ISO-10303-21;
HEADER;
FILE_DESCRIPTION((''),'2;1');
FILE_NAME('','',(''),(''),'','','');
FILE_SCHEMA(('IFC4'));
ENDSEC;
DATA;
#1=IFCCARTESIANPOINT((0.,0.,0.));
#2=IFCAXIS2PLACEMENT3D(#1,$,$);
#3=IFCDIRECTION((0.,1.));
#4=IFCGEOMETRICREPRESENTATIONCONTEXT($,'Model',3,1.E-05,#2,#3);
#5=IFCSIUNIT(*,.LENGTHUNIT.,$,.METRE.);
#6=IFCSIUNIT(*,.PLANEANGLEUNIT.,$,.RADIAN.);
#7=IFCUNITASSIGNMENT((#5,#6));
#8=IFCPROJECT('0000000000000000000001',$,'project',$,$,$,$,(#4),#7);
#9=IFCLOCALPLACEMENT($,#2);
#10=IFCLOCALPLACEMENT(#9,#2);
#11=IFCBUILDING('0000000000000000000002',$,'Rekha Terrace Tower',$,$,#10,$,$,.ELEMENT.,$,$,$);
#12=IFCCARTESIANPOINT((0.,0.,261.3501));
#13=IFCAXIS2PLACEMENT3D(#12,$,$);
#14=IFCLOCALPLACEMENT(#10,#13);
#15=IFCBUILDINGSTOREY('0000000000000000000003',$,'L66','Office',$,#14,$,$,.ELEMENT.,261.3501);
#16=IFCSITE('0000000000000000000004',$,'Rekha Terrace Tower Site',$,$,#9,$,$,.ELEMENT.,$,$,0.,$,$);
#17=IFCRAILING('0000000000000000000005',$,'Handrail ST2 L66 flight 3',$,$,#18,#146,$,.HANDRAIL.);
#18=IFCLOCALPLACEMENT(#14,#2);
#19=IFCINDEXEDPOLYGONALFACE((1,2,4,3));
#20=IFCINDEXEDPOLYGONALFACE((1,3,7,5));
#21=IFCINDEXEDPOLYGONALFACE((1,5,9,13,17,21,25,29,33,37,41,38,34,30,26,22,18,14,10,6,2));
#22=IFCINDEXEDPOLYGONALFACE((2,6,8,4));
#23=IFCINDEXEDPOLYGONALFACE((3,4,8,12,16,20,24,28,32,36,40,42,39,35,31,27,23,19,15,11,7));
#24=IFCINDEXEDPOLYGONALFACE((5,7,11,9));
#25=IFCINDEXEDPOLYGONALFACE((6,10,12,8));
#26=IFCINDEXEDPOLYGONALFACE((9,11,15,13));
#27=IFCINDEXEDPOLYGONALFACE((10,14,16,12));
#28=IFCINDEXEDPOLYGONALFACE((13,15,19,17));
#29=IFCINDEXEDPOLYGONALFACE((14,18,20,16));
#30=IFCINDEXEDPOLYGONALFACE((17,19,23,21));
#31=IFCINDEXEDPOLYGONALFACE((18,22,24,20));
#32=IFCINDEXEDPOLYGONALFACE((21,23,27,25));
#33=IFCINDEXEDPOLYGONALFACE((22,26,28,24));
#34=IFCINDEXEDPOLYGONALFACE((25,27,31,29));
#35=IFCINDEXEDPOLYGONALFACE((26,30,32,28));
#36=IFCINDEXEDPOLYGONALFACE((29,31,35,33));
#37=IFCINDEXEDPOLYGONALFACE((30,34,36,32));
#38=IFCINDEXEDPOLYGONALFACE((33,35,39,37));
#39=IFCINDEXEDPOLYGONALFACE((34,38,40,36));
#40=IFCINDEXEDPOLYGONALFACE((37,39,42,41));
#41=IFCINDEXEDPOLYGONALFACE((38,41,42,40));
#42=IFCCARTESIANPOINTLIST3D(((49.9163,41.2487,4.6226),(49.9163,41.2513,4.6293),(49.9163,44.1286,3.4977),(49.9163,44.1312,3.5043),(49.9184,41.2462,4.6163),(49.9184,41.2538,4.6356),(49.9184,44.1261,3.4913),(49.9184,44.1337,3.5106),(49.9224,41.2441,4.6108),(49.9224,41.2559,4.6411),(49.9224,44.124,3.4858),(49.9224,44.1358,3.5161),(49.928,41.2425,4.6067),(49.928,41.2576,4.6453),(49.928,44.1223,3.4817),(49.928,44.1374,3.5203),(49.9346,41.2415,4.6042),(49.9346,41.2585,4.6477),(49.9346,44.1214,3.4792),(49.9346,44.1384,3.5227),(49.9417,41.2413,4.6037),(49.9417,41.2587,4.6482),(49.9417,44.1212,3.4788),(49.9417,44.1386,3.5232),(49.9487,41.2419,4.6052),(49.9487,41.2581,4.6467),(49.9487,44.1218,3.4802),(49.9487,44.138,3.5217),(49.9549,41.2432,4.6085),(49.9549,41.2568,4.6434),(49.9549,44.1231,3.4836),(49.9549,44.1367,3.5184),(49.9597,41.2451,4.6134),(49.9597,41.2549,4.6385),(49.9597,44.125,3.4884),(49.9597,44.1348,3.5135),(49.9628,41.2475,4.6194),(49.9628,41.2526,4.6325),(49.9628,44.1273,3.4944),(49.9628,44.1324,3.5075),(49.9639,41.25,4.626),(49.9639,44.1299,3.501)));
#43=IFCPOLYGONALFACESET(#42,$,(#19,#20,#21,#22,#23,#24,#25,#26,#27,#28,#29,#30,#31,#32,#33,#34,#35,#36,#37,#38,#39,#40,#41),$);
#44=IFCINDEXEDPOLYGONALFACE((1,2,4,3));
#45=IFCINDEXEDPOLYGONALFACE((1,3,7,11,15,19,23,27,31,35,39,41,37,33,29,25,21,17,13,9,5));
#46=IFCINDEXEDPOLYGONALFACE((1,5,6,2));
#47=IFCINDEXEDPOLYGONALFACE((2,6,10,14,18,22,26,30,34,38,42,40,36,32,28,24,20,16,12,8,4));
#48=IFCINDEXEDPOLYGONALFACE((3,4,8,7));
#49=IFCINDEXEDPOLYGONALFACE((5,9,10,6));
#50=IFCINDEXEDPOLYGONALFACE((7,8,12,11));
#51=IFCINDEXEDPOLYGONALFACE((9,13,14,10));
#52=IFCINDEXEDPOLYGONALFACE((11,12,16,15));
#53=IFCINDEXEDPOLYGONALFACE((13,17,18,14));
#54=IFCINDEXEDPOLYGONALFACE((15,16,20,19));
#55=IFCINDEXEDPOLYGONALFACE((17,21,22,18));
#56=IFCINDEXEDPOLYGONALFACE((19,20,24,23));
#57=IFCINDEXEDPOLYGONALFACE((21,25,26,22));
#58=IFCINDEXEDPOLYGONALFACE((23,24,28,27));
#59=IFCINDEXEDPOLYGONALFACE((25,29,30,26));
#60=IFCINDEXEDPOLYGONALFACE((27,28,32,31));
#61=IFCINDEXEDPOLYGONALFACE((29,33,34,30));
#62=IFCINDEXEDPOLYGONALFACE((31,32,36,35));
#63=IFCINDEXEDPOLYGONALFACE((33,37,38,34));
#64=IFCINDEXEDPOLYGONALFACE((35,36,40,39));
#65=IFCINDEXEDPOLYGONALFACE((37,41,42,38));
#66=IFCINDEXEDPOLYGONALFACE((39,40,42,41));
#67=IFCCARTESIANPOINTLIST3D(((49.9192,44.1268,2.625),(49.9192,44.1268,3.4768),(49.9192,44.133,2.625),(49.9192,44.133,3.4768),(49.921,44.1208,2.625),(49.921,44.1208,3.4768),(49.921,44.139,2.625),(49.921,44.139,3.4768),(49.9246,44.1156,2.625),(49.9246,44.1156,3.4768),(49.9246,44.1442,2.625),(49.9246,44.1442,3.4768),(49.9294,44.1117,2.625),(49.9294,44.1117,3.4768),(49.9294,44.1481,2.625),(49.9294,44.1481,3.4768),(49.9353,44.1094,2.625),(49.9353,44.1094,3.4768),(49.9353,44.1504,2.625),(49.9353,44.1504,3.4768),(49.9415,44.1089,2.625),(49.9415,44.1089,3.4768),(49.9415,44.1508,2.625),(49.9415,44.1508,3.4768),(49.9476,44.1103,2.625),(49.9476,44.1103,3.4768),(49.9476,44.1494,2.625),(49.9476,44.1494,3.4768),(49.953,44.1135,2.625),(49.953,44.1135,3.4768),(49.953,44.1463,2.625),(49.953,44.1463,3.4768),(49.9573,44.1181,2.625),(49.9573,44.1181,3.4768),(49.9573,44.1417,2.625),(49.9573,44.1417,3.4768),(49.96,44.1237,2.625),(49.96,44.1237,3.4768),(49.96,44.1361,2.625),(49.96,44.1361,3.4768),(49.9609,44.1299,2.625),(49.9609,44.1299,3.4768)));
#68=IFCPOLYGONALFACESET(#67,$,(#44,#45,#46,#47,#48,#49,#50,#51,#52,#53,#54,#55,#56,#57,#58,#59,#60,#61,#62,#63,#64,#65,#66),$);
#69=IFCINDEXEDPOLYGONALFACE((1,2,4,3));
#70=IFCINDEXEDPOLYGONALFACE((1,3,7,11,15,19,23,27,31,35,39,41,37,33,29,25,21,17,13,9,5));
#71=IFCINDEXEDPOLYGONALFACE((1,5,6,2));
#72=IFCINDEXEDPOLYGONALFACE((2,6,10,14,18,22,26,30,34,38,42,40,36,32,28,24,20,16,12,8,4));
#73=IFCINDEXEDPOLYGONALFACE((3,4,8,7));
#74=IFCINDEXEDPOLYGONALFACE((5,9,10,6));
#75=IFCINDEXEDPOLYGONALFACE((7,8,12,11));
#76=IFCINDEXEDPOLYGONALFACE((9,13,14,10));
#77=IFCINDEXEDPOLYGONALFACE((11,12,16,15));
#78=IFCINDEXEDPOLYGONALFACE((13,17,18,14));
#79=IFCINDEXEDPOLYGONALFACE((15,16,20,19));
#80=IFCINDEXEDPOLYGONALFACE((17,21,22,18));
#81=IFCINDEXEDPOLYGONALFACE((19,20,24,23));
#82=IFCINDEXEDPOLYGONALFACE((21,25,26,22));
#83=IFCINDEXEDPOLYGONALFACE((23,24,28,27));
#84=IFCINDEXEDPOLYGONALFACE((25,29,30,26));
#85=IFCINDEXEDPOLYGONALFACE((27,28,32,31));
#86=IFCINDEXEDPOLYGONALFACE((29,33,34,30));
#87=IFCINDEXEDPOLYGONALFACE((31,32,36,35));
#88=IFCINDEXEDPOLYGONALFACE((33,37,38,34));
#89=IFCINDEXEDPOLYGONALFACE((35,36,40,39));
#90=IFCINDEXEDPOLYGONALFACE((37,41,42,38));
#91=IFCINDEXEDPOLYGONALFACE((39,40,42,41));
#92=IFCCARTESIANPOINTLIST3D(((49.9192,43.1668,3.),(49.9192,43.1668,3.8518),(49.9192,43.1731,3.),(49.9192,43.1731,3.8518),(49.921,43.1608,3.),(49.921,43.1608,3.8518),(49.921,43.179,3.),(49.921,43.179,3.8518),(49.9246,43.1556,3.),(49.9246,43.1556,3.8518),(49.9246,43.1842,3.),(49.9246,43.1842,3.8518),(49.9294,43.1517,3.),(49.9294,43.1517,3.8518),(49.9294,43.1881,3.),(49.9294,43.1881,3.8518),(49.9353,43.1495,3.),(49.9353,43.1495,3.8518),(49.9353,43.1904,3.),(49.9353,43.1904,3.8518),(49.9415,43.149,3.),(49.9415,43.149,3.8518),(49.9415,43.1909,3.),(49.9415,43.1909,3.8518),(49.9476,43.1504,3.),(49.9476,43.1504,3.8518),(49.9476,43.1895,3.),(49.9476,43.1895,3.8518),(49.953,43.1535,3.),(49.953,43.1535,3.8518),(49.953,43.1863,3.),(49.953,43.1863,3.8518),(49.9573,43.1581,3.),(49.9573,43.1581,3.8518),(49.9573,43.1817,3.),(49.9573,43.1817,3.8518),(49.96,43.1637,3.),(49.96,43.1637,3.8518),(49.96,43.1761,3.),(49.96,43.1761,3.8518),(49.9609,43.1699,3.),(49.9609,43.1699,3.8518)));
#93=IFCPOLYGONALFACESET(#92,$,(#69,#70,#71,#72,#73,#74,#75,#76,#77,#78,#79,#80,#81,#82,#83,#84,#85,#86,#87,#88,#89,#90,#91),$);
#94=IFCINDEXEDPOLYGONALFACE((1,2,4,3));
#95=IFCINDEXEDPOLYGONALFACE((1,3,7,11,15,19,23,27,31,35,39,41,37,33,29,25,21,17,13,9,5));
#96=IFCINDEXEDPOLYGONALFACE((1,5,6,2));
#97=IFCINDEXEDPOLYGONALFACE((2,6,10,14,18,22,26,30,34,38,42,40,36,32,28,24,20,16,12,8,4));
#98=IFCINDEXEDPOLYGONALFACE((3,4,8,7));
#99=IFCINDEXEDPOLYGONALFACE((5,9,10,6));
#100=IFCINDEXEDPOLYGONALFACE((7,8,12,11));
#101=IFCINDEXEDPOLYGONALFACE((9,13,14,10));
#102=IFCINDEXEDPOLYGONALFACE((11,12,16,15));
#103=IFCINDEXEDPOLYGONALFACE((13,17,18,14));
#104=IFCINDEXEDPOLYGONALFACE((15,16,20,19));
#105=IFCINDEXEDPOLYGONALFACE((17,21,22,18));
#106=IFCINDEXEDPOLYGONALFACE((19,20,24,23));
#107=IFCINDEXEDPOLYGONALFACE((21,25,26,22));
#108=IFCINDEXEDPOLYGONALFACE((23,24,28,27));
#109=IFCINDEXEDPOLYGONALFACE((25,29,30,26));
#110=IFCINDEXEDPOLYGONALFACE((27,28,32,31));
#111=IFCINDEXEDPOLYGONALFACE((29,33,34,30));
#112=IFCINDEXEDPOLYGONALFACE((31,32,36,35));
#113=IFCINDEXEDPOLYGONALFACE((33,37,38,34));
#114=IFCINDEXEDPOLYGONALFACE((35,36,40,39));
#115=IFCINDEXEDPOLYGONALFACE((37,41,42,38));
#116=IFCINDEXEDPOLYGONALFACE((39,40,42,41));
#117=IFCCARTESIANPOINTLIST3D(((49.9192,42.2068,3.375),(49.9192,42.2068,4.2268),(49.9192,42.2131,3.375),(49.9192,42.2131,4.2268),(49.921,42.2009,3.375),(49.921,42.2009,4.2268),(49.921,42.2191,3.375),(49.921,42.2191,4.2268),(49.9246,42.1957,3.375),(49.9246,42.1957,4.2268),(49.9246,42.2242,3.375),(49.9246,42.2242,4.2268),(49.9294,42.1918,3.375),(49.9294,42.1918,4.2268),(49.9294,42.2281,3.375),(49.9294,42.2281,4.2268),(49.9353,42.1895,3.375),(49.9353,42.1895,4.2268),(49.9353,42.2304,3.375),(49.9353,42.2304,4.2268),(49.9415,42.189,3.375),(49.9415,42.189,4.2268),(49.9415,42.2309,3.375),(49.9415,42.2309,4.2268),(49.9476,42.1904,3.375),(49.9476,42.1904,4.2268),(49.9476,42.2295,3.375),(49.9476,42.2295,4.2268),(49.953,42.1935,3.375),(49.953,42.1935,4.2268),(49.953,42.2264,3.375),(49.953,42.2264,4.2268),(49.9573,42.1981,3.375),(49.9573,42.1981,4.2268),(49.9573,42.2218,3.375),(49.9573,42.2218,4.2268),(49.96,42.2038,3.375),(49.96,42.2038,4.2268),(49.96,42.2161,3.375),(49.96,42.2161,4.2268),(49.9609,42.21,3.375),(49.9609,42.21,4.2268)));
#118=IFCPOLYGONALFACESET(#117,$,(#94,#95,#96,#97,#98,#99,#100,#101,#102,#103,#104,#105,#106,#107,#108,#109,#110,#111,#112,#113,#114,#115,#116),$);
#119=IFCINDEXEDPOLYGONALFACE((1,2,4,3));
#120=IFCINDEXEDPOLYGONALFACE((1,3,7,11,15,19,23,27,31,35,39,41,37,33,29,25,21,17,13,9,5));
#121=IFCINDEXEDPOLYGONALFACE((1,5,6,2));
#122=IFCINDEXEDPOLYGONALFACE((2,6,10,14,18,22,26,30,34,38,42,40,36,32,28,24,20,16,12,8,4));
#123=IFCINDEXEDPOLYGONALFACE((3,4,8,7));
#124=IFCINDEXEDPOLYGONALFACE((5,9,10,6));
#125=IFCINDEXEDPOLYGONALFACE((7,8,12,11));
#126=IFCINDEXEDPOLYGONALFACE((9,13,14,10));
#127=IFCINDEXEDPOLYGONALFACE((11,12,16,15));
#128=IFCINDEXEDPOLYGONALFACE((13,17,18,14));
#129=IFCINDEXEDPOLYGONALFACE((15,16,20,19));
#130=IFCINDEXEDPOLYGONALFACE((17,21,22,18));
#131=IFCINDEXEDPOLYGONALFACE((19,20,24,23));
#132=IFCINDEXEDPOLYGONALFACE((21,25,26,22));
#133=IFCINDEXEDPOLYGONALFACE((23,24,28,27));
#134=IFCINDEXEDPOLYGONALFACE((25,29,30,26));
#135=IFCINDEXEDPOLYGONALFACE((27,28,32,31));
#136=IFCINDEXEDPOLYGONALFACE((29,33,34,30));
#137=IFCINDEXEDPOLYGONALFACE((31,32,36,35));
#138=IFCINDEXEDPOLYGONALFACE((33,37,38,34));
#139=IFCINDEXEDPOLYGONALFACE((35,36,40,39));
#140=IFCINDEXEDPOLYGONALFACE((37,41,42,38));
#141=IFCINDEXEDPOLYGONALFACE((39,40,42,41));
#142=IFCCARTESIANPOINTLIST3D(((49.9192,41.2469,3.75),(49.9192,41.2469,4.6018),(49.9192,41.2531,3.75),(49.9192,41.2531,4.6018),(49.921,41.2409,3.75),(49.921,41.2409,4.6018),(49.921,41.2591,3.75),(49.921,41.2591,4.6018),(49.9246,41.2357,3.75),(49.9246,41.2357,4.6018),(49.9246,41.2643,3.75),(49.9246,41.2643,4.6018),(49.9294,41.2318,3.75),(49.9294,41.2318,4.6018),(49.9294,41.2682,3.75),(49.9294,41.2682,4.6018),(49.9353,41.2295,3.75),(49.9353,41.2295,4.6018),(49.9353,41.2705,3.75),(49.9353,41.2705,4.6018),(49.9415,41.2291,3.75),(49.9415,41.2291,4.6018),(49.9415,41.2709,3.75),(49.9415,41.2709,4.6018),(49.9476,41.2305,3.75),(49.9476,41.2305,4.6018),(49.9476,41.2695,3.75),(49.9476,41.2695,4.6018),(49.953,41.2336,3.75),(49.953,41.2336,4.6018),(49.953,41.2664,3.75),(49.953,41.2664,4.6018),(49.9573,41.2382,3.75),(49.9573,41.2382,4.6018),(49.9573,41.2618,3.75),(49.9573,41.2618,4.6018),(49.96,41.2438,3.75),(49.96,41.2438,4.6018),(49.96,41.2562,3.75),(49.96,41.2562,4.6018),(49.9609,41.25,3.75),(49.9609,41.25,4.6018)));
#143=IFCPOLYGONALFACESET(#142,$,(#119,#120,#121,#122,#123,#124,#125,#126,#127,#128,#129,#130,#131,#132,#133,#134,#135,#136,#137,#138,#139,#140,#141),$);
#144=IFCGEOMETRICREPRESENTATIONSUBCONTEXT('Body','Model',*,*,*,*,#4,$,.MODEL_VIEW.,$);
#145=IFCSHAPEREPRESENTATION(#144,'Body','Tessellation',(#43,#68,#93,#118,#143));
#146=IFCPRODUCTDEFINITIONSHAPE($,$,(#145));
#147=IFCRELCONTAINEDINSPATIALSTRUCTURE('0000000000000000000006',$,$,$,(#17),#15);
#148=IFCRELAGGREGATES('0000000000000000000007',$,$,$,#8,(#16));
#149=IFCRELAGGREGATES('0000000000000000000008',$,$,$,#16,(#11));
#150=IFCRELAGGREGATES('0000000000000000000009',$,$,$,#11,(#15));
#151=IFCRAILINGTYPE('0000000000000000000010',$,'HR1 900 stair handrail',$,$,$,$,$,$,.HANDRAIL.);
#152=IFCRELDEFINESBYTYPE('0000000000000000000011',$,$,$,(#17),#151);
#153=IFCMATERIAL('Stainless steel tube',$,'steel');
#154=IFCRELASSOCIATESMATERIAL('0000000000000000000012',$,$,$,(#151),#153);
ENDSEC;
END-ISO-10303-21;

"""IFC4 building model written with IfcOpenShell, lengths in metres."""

from ifc_helpers import new_model, si_unit, direction, frame, origin, origin_2d, place, context, subcontext, project, spatial, circle, extrude, material, type_object, element, save


model = new_model("IFC4")

# Units and contexts
model_context = context("Model", 3, precision=1e-05, world=origin(), true_north=direction((0.0, 1.0)))
body_context = subcontext(model_context, "Body", "Model", "MODEL_VIEW")
ifc_project = project(units=[si_unit("LENGTHUNIT", "METRE"), si_unit("PLANEANGLEUNIT", "RADIAN")], contexts=[model_context])

# Site, building, storey
site_placement = place(None, origin())
site = spatial("IfcSite", under=ifc_project, at=site_placement, Name="Rekha Terrace Tower Site", CompositionType="ELEMENT", RefElevation=0.0)
building_placement = place(site_placement, origin())
building = spatial("IfcBuilding", under=site, at=building_placement, Name="Rekha Terrace Tower", CompositionType="ELEMENT")
storey_placement = place(building_placement, frame((0.0, 0.0, 261.3501)))
storey = spatial("IfcBuildingStorey", under=building, at=storey_placement, Name="L66", Description="Office", CompositionType="ELEMENT", Elevation=261.3501)

# Railing
ifc_material_1 = material(Name="Stainless steel tube", Category="steel")
railing_type_1 = type_object("IfcRailingType", Name="HR1 900 stair handrail", PredefinedType="HANDRAIL", material=ifc_material_1)
railing_1_placement = place(storey_placement, frame((49.9399, 44.1299, 2.625)))
element("IfcRailing", 1, at=railing_1_placement, inside=storey, type_object=railing_type_1, Name="Handrail ST2 L66 flight 3", PredefinedType="HANDRAIL", context=body_context, shape_type="SweptSolid", body=[
    extrude(circle(Radius=0.0239, at=origin_2d()), frame((0.0, 0.0, 0.876), z_axis=(0.0, -0.931452, 0.363863), x_axis=(1.0, 0.0, 0.0)), (0.0, 0.0, 1.0), 3.0918),
    extrude(circle(Radius=0.021, at=origin_2d()), origin(), (0.0, 0.0, 1.0), 0.8518),
    extrude(circle(Radius=0.021, at=origin_2d()), frame((0.0, -0.96, 0.375)), (0.0, 0.0, 1.0), 0.8518),
    extrude(circle(Radius=0.021, at=origin_2d()), frame((0.0, -1.9199, 0.75)), (0.0, 0.0, 1.0), 0.8518),
    extrude(circle(Radius=0.021, at=origin_2d()), frame((0.0, -2.8799, 1.125)), (0.0, 0.0, 1.0), 0.8518),
])

save(model, "model.ifc")
